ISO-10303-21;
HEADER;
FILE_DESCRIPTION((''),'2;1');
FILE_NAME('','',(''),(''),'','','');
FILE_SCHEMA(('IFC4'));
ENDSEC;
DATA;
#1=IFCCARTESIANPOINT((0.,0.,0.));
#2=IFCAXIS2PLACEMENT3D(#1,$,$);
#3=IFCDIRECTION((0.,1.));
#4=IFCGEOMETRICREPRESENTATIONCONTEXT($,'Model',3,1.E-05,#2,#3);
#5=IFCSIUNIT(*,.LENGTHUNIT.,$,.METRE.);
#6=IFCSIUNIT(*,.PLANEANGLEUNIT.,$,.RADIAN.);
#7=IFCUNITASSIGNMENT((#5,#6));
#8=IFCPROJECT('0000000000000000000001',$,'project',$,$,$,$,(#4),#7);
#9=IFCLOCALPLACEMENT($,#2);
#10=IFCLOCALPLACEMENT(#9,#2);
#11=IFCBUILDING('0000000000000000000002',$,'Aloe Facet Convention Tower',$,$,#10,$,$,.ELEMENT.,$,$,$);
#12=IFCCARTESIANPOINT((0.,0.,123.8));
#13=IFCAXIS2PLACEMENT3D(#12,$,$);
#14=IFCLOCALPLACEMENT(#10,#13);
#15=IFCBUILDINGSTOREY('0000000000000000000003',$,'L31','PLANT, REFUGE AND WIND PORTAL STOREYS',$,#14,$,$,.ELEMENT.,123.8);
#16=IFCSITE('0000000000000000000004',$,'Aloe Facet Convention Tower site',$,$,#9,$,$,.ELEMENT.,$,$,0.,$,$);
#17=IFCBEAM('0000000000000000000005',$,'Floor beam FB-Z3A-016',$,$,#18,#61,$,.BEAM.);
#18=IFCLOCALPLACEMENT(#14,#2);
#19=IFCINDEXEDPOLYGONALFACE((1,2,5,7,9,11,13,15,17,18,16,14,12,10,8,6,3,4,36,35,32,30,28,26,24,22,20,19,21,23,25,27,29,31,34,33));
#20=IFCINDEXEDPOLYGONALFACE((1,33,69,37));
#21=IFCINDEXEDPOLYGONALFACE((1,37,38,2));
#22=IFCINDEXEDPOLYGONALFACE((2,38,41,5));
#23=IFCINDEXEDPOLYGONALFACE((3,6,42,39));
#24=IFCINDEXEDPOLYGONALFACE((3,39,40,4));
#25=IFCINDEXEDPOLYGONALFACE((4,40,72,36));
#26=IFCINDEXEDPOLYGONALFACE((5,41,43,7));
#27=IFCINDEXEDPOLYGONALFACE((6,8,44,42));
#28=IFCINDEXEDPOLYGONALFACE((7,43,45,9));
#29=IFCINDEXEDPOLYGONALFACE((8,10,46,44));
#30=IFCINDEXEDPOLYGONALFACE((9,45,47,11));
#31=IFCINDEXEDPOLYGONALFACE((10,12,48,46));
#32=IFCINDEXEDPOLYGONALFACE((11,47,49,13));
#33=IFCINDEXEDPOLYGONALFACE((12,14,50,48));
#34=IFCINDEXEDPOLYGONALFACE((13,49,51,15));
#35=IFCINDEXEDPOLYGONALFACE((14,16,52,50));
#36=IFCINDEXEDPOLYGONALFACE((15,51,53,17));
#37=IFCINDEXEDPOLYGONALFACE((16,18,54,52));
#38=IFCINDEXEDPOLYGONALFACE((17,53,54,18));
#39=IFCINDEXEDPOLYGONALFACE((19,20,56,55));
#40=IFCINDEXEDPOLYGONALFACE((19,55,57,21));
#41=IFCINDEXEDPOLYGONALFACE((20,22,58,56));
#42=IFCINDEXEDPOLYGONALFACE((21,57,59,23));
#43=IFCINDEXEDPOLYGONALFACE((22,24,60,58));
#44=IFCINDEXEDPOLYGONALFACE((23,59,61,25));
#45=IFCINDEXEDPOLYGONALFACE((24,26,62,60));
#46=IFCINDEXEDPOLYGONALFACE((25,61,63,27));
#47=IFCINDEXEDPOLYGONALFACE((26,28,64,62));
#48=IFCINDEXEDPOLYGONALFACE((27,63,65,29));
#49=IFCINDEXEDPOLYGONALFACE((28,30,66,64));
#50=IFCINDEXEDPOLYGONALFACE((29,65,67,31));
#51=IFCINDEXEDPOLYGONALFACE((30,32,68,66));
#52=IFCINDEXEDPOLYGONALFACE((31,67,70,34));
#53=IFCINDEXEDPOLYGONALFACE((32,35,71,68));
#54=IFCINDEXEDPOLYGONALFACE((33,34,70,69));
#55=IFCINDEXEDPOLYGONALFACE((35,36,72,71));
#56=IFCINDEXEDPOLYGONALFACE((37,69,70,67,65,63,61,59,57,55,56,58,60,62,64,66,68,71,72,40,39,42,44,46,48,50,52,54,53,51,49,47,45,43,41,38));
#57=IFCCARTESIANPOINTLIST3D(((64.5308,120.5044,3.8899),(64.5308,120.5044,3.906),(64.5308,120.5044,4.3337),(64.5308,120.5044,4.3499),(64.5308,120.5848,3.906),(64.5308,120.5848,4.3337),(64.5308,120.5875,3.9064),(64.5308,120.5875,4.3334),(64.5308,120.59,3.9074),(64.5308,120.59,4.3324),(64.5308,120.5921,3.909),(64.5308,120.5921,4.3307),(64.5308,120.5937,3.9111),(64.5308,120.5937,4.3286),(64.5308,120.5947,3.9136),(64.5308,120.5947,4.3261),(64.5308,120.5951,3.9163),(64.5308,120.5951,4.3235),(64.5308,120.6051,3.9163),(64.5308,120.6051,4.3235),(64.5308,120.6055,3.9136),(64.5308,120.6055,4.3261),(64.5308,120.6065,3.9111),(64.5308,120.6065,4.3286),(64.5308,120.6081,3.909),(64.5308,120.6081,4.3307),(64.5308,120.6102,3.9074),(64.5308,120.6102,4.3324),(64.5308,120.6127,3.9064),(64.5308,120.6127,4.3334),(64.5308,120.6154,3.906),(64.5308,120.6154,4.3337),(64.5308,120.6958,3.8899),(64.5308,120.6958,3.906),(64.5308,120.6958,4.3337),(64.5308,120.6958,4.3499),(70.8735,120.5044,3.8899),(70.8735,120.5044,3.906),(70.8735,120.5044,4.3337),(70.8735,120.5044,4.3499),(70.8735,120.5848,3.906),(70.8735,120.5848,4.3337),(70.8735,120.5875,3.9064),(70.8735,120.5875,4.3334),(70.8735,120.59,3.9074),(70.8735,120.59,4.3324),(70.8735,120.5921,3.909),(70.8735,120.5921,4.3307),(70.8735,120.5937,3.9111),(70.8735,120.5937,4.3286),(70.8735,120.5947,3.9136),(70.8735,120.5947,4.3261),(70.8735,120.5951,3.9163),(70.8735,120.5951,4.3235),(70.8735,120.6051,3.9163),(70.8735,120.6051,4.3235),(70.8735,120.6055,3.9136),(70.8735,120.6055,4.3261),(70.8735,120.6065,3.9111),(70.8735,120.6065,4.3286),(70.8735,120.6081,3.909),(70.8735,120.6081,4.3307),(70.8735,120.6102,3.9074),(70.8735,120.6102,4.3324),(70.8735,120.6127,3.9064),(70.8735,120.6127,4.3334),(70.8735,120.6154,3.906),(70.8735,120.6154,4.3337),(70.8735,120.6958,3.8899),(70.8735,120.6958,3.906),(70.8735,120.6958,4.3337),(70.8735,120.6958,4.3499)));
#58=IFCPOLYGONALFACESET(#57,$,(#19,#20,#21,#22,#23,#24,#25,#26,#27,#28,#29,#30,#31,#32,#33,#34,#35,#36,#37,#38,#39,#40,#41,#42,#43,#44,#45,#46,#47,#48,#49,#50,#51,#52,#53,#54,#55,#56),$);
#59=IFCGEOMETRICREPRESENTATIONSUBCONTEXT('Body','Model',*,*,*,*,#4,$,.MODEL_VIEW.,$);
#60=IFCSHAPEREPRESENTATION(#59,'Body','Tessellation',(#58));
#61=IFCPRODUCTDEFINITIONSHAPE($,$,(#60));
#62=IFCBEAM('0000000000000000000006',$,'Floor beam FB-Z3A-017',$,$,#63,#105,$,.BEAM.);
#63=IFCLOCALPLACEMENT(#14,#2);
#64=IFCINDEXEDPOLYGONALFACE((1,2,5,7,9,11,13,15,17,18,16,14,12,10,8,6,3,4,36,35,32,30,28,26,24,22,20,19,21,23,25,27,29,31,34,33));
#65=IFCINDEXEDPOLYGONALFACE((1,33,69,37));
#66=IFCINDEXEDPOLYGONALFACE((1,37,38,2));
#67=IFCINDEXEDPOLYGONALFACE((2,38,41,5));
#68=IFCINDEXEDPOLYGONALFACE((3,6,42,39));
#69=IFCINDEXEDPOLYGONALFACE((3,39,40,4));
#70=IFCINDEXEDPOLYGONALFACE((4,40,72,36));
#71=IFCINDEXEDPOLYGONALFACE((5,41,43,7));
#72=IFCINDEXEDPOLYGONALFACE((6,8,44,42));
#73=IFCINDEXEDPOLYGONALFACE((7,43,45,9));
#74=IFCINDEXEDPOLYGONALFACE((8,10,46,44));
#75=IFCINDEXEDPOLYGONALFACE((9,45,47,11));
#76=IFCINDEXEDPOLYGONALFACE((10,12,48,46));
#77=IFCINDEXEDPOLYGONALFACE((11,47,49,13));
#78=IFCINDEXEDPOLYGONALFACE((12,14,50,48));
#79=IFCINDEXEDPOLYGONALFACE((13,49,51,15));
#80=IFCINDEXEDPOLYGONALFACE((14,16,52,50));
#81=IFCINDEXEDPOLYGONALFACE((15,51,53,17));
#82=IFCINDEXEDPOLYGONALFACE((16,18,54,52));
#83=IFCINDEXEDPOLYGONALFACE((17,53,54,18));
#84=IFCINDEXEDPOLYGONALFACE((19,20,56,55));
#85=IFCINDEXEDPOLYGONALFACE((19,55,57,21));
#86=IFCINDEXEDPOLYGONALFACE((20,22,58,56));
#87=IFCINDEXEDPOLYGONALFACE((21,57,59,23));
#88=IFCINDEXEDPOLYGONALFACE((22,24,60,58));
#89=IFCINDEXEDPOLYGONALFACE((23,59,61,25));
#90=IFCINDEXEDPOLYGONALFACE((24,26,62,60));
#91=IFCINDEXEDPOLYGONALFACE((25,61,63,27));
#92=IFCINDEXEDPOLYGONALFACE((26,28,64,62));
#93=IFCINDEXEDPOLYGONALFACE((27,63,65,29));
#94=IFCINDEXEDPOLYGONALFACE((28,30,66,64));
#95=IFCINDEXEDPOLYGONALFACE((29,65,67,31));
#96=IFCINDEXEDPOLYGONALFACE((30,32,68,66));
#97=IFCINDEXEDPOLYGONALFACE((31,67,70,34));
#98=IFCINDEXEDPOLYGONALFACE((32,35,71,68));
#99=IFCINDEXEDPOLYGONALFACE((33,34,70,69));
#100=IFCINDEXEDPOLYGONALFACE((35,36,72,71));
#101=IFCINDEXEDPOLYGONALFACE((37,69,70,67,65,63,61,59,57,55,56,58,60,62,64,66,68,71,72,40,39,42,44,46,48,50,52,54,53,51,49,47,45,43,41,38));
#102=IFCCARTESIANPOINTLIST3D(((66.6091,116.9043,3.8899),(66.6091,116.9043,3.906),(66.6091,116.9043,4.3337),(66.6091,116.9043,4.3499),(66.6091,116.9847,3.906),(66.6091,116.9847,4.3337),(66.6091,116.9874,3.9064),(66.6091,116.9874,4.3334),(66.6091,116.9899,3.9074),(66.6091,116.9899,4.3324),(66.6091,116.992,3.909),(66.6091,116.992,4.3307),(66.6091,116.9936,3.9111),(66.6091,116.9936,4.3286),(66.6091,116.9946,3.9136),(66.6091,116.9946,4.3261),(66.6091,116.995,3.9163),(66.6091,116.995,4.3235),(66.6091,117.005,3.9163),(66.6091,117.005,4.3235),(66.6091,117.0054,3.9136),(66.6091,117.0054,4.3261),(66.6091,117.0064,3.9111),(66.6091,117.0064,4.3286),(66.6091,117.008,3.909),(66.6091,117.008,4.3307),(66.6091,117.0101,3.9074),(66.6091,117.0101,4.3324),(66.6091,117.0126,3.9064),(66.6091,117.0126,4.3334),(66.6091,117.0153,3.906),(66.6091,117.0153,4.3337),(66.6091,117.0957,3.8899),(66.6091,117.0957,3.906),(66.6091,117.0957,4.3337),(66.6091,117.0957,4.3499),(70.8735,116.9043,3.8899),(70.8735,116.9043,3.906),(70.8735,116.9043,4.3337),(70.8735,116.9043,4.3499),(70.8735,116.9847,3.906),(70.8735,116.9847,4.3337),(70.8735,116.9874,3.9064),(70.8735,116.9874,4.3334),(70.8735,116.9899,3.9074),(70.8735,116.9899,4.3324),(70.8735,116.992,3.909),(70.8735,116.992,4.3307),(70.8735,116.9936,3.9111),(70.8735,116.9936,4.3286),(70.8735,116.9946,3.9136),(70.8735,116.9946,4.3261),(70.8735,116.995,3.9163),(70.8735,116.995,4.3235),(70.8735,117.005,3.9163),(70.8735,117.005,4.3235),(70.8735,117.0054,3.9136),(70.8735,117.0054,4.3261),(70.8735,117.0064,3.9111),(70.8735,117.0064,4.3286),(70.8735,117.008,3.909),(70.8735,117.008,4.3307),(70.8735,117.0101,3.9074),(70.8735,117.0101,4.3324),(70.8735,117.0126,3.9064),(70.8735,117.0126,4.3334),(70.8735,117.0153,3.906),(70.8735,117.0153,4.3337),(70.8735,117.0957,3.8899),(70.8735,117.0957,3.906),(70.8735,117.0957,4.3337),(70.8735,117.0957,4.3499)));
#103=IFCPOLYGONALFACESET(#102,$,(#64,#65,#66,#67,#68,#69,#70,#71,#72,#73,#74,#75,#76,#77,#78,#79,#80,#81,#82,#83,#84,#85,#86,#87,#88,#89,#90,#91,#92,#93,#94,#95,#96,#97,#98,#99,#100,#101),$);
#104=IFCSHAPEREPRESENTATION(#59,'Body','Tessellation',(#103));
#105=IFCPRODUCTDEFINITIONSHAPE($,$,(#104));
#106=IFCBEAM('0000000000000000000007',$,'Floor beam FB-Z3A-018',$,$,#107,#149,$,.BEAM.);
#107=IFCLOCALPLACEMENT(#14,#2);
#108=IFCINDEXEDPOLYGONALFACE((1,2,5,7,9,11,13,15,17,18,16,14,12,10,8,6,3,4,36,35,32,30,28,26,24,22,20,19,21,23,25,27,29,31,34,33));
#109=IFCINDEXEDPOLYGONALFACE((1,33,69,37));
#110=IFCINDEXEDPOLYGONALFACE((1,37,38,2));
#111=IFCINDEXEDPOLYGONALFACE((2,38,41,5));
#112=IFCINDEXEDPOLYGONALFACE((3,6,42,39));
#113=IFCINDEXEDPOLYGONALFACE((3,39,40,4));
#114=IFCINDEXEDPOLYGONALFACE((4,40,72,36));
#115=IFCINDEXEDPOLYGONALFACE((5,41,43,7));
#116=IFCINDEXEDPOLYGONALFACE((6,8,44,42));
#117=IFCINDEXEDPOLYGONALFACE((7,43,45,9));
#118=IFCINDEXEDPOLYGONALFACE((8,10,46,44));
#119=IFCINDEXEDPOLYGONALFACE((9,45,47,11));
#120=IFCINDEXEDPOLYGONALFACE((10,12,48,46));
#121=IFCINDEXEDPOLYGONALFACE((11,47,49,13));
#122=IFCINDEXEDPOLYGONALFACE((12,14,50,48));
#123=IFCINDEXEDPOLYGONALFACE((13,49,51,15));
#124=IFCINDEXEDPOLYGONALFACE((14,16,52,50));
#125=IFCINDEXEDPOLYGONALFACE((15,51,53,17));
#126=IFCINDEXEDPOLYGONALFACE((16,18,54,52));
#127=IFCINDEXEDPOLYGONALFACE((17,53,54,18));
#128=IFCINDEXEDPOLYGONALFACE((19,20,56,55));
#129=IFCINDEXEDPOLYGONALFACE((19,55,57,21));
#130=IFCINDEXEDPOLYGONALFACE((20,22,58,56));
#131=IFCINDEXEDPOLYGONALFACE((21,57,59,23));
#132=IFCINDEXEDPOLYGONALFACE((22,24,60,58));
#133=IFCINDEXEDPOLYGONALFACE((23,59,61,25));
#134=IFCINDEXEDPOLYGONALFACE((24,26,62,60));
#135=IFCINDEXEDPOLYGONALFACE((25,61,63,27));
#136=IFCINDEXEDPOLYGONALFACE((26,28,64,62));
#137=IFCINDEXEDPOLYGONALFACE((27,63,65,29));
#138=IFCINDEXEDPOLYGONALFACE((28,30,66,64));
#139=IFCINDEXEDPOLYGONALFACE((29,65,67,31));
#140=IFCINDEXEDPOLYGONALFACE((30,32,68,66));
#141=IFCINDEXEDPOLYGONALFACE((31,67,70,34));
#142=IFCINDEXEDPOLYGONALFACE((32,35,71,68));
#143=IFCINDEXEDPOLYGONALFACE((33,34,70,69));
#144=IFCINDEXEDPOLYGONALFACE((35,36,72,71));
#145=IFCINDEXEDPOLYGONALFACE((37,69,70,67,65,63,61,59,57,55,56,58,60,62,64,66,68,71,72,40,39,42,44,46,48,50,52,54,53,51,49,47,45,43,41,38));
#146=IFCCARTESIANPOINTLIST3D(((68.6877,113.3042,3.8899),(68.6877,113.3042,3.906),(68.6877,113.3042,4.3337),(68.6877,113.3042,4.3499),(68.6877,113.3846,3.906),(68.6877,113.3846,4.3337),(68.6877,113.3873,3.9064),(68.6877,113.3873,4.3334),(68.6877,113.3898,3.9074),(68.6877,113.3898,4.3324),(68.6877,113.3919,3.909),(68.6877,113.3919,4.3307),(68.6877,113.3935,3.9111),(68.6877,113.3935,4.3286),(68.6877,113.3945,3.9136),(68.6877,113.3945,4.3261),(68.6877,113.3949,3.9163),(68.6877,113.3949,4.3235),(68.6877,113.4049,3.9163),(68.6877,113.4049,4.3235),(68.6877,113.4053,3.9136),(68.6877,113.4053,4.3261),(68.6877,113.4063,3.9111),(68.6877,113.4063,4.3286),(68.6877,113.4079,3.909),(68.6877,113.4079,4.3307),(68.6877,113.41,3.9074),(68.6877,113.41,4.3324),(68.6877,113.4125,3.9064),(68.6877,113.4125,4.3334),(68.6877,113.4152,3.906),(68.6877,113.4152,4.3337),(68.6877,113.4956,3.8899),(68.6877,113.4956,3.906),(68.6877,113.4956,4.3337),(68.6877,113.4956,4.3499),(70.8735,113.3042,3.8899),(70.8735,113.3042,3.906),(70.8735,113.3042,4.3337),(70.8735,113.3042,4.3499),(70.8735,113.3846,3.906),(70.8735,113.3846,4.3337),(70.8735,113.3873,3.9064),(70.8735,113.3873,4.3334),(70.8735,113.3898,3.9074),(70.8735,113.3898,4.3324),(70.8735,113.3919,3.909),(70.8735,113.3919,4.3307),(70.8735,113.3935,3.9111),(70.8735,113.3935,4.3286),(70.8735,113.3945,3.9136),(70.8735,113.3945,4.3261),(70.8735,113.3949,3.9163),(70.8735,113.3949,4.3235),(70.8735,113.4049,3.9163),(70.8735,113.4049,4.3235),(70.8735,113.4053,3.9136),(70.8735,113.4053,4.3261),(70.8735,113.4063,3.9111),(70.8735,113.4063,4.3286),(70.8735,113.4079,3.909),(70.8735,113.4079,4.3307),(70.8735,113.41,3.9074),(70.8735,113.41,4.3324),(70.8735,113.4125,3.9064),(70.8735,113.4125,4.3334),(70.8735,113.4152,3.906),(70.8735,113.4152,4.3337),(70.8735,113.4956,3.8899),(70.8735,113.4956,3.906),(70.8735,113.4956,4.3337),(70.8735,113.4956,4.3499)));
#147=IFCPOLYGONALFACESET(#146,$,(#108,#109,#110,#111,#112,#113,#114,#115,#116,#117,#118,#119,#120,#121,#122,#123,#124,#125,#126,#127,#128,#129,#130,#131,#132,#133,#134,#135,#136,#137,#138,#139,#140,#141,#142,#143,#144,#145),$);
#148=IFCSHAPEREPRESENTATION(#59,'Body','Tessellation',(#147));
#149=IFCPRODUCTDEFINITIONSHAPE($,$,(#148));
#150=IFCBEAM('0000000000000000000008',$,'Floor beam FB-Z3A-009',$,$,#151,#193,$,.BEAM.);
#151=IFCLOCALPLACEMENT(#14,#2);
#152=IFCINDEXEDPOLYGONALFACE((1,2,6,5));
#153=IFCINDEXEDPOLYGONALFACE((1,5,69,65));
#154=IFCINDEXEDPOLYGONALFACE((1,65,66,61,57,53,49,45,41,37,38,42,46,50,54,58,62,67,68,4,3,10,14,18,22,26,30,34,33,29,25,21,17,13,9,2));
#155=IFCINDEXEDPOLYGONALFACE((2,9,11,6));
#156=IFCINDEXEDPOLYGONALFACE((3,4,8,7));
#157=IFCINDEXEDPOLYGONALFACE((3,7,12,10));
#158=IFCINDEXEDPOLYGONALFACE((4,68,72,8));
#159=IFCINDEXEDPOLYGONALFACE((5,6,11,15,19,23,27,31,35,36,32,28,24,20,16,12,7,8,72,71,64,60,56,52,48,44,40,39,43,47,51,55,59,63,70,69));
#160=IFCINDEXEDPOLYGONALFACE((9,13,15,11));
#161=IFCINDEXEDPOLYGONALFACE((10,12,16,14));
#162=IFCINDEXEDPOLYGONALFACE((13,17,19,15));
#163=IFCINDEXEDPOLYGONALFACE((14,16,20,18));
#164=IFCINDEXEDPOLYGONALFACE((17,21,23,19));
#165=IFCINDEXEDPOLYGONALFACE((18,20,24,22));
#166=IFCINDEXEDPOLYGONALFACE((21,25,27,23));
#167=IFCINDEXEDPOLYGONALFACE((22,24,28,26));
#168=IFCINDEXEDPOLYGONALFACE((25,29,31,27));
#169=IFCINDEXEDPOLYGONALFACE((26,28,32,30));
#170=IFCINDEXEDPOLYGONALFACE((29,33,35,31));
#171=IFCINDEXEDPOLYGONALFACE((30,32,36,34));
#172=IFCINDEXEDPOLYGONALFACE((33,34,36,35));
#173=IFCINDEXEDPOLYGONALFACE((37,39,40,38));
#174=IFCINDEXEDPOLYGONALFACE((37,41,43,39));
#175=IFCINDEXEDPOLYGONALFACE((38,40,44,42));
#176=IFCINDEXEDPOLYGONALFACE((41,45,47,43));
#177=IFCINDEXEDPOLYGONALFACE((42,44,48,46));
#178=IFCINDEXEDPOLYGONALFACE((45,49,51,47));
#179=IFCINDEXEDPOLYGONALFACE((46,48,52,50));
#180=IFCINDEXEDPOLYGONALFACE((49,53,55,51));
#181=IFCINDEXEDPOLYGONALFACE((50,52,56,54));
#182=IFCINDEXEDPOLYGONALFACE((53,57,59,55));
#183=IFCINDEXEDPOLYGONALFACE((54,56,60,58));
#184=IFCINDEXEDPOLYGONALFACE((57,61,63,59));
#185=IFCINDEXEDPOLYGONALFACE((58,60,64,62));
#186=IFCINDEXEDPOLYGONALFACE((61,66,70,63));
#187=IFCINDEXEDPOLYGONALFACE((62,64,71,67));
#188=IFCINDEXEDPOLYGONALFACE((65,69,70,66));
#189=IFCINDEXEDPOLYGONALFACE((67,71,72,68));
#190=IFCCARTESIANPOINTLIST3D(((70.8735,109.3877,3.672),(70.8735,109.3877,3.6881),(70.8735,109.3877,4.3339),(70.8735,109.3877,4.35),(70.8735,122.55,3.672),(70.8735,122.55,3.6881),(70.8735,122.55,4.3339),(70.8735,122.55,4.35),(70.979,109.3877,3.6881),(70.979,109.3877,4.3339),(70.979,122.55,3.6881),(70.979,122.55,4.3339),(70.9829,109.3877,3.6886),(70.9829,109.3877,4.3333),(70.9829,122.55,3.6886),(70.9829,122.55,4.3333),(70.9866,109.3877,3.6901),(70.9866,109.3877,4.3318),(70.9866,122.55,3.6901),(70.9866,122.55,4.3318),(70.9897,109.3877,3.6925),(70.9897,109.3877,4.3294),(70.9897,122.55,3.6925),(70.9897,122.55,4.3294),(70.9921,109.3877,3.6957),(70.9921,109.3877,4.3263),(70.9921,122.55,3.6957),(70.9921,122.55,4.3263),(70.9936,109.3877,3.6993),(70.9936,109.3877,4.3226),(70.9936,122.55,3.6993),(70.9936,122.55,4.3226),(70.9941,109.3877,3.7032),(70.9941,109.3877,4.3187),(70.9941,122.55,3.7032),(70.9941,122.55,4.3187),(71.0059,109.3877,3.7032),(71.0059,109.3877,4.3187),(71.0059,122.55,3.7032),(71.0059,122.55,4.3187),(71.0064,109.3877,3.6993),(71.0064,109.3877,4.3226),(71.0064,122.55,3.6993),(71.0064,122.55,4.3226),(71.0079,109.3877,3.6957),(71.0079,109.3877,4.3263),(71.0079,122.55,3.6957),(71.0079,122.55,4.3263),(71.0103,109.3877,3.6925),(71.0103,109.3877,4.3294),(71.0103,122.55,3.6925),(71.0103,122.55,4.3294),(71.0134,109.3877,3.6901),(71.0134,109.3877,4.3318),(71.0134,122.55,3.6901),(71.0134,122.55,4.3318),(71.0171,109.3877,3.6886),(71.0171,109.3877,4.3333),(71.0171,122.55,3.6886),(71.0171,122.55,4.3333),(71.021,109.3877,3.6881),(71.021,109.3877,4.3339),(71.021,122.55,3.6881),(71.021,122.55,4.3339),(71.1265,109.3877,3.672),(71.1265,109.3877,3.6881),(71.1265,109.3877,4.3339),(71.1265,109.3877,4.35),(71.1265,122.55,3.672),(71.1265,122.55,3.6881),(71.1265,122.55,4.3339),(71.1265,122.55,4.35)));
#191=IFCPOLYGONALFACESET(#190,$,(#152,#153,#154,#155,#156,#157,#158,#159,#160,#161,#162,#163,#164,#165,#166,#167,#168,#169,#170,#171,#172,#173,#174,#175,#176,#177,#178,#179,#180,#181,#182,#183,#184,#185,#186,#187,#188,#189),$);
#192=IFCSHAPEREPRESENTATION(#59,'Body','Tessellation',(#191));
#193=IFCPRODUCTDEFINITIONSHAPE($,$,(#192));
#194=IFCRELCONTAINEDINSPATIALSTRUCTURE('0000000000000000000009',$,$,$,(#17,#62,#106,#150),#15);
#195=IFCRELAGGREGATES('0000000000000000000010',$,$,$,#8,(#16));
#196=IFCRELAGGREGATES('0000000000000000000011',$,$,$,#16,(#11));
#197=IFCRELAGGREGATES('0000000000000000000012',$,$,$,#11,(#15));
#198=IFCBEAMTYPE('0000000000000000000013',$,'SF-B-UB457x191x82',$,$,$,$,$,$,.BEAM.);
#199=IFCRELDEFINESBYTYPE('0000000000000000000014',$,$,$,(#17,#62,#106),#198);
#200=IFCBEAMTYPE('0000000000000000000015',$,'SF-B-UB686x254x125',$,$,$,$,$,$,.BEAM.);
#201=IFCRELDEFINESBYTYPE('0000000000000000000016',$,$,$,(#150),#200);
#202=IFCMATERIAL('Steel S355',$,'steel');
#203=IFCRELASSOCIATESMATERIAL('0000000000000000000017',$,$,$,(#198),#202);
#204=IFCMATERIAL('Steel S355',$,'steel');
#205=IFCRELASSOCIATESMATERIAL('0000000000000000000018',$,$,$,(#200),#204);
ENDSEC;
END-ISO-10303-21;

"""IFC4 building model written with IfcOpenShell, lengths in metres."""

from ifc_helpers import new_model, si_unit, direction, frame, origin, origin_2d, place, context, subcontext, project, spatial, i_section, extrude, material, material_profile, profile_set, type_object, element, save


model = new_model("IFC4")

# Units and contexts
model_context = context("Model", 3, precision=1e-05, world=origin(), true_north=direction((0.0, 1.0)))
body_context = subcontext(model_context, "Body", "Model", "MODEL_VIEW")
ifc_project = project(units=[si_unit("LENGTHUNIT", "METRE"), si_unit("PLANEANGLEUNIT", "RADIAN")], contexts=[model_context])

# Site, building, storey
site_placement = place(None, origin())
site = spatial("IfcSite", under=ifc_project, at=site_placement, Name="Aloe Facet Convention Tower site", CompositionType="ELEMENT", RefElevation=0.0)
building_placement = place(site_placement, origin())
building = spatial("IfcBuilding", under=site, at=building_placement, Name="Aloe Facet Convention Tower", CompositionType="ELEMENT")
storey_placement = place(building_placement, frame((0.0, 0.0, 123.8)))
storey = spatial("IfcBuildingStorey", under=building, at=storey_placement, Name="L31", Description="PLANT, REFUGE AND WIND PORTAL STOREYS", CompositionType="ELEMENT", Elevation=123.8)

# Beams
ifc_material_1 = material(Name="Steel S355", Category="steel")
ifc_material_profile_1 = material_profile(ifc_material_1, i_section(OverallWidth=0.1914, OverallDepth=0.46, WebThickness=0.01, FlangeThickness=0.0161, FilletRadius=0.0103, at=origin_2d()), Name="UB 457x191x82")
ifc_profile_set_1 = profile_set([ifc_material_profile_1], Name="Steel S355")
beam_type_1 = type_object("IfcBeamType", Name="SF-B-UB457x191x82", PredefinedType="BEAM", material=ifc_profile_set_1)
beam_1_placement = place(storey_placement, frame((64.5308, 120.6001, 4.1199), z_axis=(1.0, 0.0, 0.0), x_axis=(0.0, 1.0, 0.0)))
element("IfcBeam", 1, at=beam_1_placement, inside=storey, type_object=beam_type_1, Name="Floor beam FB-Z3A-016", PredefinedType="BEAM", context=body_context, shape_type="SweptSolid", body=[
    extrude(i_section(OverallWidth=0.1914, OverallDepth=0.46, WebThickness=0.01, FlangeThickness=0.0161, FilletRadius=0.0103, at=origin_2d()), origin(), (0.0, 0.0, 1.0), 6.3428),
])
beam_2_placement = place(storey_placement, frame((66.6091, 117.0, 4.1199), z_axis=(1.0, 0.0, 0.0), x_axis=(0.0, 1.0, 0.0)))
element("IfcBeam", 2, at=beam_2_placement, inside=storey, type_object=beam_type_1, Name="Floor beam FB-Z3A-017", PredefinedType="BEAM", context=body_context, shape_type="SweptSolid", body=[
    extrude(i_section(OverallWidth=0.1914, OverallDepth=0.46, WebThickness=0.01, FlangeThickness=0.0161, FilletRadius=0.0103, at=origin_2d()), origin(), (0.0, 0.0, 1.0), 4.2644),
])
beam_3_placement = place(storey_placement, frame((68.6877, 113.3999, 4.1199), z_axis=(1.0, 0.0, 0.0), x_axis=(0.0, 1.0, 0.0)))
element("IfcBeam", 3, at=beam_3_placement, inside=storey, type_object=beam_type_1, Name="Floor beam FB-Z3A-018", PredefinedType="BEAM", context=body_context, shape_type="SweptSolid", body=[
    extrude(i_section(OverallWidth=0.1914, OverallDepth=0.46, WebThickness=0.01, FlangeThickness=0.0161, FilletRadius=0.0103, at=origin_2d()), origin(), (0.0, 0.0, 1.0), 2.1858),
])
ifc_material_2 = material(Name="Steel S355", Category="steel")
ifc_material_profile_2 = material_profile(ifc_material_2, i_section(OverallWidth=0.2529, OverallDepth=0.678, WebThickness=0.0117, FlangeThickness=0.0161, FilletRadius=0.0151, at=origin_2d()), Name="UB 686x254x125")
ifc_profile_set_2 = profile_set([ifc_material_profile_2], Name="Steel S355")
beam_type_2 = type_object("IfcBeamType", Name="SF-B-UB686x254x125", PredefinedType="BEAM", material=ifc_profile_set_2)
beam_4_placement = place(storey_placement, frame((71.0, 122.55, 4.011), z_axis=(0.0, -1.0, 0.0), x_axis=(1.0, 0.0, 0.0)))
element("IfcBeam", 4, at=beam_4_placement, inside=storey, type_object=beam_type_2, Name="Floor beam FB-Z3A-009", PredefinedType="BEAM", context=body_context, shape_type="SweptSolid", body=[
    extrude(i_section(OverallWidth=0.2529, OverallDepth=0.678, WebThickness=0.0117, FlangeThickness=0.0161, FilletRadius=0.0151, at=origin_2d()), origin(), (0.0, 0.0, 1.0), 13.1624),
])

save(model, "model.ifc")
